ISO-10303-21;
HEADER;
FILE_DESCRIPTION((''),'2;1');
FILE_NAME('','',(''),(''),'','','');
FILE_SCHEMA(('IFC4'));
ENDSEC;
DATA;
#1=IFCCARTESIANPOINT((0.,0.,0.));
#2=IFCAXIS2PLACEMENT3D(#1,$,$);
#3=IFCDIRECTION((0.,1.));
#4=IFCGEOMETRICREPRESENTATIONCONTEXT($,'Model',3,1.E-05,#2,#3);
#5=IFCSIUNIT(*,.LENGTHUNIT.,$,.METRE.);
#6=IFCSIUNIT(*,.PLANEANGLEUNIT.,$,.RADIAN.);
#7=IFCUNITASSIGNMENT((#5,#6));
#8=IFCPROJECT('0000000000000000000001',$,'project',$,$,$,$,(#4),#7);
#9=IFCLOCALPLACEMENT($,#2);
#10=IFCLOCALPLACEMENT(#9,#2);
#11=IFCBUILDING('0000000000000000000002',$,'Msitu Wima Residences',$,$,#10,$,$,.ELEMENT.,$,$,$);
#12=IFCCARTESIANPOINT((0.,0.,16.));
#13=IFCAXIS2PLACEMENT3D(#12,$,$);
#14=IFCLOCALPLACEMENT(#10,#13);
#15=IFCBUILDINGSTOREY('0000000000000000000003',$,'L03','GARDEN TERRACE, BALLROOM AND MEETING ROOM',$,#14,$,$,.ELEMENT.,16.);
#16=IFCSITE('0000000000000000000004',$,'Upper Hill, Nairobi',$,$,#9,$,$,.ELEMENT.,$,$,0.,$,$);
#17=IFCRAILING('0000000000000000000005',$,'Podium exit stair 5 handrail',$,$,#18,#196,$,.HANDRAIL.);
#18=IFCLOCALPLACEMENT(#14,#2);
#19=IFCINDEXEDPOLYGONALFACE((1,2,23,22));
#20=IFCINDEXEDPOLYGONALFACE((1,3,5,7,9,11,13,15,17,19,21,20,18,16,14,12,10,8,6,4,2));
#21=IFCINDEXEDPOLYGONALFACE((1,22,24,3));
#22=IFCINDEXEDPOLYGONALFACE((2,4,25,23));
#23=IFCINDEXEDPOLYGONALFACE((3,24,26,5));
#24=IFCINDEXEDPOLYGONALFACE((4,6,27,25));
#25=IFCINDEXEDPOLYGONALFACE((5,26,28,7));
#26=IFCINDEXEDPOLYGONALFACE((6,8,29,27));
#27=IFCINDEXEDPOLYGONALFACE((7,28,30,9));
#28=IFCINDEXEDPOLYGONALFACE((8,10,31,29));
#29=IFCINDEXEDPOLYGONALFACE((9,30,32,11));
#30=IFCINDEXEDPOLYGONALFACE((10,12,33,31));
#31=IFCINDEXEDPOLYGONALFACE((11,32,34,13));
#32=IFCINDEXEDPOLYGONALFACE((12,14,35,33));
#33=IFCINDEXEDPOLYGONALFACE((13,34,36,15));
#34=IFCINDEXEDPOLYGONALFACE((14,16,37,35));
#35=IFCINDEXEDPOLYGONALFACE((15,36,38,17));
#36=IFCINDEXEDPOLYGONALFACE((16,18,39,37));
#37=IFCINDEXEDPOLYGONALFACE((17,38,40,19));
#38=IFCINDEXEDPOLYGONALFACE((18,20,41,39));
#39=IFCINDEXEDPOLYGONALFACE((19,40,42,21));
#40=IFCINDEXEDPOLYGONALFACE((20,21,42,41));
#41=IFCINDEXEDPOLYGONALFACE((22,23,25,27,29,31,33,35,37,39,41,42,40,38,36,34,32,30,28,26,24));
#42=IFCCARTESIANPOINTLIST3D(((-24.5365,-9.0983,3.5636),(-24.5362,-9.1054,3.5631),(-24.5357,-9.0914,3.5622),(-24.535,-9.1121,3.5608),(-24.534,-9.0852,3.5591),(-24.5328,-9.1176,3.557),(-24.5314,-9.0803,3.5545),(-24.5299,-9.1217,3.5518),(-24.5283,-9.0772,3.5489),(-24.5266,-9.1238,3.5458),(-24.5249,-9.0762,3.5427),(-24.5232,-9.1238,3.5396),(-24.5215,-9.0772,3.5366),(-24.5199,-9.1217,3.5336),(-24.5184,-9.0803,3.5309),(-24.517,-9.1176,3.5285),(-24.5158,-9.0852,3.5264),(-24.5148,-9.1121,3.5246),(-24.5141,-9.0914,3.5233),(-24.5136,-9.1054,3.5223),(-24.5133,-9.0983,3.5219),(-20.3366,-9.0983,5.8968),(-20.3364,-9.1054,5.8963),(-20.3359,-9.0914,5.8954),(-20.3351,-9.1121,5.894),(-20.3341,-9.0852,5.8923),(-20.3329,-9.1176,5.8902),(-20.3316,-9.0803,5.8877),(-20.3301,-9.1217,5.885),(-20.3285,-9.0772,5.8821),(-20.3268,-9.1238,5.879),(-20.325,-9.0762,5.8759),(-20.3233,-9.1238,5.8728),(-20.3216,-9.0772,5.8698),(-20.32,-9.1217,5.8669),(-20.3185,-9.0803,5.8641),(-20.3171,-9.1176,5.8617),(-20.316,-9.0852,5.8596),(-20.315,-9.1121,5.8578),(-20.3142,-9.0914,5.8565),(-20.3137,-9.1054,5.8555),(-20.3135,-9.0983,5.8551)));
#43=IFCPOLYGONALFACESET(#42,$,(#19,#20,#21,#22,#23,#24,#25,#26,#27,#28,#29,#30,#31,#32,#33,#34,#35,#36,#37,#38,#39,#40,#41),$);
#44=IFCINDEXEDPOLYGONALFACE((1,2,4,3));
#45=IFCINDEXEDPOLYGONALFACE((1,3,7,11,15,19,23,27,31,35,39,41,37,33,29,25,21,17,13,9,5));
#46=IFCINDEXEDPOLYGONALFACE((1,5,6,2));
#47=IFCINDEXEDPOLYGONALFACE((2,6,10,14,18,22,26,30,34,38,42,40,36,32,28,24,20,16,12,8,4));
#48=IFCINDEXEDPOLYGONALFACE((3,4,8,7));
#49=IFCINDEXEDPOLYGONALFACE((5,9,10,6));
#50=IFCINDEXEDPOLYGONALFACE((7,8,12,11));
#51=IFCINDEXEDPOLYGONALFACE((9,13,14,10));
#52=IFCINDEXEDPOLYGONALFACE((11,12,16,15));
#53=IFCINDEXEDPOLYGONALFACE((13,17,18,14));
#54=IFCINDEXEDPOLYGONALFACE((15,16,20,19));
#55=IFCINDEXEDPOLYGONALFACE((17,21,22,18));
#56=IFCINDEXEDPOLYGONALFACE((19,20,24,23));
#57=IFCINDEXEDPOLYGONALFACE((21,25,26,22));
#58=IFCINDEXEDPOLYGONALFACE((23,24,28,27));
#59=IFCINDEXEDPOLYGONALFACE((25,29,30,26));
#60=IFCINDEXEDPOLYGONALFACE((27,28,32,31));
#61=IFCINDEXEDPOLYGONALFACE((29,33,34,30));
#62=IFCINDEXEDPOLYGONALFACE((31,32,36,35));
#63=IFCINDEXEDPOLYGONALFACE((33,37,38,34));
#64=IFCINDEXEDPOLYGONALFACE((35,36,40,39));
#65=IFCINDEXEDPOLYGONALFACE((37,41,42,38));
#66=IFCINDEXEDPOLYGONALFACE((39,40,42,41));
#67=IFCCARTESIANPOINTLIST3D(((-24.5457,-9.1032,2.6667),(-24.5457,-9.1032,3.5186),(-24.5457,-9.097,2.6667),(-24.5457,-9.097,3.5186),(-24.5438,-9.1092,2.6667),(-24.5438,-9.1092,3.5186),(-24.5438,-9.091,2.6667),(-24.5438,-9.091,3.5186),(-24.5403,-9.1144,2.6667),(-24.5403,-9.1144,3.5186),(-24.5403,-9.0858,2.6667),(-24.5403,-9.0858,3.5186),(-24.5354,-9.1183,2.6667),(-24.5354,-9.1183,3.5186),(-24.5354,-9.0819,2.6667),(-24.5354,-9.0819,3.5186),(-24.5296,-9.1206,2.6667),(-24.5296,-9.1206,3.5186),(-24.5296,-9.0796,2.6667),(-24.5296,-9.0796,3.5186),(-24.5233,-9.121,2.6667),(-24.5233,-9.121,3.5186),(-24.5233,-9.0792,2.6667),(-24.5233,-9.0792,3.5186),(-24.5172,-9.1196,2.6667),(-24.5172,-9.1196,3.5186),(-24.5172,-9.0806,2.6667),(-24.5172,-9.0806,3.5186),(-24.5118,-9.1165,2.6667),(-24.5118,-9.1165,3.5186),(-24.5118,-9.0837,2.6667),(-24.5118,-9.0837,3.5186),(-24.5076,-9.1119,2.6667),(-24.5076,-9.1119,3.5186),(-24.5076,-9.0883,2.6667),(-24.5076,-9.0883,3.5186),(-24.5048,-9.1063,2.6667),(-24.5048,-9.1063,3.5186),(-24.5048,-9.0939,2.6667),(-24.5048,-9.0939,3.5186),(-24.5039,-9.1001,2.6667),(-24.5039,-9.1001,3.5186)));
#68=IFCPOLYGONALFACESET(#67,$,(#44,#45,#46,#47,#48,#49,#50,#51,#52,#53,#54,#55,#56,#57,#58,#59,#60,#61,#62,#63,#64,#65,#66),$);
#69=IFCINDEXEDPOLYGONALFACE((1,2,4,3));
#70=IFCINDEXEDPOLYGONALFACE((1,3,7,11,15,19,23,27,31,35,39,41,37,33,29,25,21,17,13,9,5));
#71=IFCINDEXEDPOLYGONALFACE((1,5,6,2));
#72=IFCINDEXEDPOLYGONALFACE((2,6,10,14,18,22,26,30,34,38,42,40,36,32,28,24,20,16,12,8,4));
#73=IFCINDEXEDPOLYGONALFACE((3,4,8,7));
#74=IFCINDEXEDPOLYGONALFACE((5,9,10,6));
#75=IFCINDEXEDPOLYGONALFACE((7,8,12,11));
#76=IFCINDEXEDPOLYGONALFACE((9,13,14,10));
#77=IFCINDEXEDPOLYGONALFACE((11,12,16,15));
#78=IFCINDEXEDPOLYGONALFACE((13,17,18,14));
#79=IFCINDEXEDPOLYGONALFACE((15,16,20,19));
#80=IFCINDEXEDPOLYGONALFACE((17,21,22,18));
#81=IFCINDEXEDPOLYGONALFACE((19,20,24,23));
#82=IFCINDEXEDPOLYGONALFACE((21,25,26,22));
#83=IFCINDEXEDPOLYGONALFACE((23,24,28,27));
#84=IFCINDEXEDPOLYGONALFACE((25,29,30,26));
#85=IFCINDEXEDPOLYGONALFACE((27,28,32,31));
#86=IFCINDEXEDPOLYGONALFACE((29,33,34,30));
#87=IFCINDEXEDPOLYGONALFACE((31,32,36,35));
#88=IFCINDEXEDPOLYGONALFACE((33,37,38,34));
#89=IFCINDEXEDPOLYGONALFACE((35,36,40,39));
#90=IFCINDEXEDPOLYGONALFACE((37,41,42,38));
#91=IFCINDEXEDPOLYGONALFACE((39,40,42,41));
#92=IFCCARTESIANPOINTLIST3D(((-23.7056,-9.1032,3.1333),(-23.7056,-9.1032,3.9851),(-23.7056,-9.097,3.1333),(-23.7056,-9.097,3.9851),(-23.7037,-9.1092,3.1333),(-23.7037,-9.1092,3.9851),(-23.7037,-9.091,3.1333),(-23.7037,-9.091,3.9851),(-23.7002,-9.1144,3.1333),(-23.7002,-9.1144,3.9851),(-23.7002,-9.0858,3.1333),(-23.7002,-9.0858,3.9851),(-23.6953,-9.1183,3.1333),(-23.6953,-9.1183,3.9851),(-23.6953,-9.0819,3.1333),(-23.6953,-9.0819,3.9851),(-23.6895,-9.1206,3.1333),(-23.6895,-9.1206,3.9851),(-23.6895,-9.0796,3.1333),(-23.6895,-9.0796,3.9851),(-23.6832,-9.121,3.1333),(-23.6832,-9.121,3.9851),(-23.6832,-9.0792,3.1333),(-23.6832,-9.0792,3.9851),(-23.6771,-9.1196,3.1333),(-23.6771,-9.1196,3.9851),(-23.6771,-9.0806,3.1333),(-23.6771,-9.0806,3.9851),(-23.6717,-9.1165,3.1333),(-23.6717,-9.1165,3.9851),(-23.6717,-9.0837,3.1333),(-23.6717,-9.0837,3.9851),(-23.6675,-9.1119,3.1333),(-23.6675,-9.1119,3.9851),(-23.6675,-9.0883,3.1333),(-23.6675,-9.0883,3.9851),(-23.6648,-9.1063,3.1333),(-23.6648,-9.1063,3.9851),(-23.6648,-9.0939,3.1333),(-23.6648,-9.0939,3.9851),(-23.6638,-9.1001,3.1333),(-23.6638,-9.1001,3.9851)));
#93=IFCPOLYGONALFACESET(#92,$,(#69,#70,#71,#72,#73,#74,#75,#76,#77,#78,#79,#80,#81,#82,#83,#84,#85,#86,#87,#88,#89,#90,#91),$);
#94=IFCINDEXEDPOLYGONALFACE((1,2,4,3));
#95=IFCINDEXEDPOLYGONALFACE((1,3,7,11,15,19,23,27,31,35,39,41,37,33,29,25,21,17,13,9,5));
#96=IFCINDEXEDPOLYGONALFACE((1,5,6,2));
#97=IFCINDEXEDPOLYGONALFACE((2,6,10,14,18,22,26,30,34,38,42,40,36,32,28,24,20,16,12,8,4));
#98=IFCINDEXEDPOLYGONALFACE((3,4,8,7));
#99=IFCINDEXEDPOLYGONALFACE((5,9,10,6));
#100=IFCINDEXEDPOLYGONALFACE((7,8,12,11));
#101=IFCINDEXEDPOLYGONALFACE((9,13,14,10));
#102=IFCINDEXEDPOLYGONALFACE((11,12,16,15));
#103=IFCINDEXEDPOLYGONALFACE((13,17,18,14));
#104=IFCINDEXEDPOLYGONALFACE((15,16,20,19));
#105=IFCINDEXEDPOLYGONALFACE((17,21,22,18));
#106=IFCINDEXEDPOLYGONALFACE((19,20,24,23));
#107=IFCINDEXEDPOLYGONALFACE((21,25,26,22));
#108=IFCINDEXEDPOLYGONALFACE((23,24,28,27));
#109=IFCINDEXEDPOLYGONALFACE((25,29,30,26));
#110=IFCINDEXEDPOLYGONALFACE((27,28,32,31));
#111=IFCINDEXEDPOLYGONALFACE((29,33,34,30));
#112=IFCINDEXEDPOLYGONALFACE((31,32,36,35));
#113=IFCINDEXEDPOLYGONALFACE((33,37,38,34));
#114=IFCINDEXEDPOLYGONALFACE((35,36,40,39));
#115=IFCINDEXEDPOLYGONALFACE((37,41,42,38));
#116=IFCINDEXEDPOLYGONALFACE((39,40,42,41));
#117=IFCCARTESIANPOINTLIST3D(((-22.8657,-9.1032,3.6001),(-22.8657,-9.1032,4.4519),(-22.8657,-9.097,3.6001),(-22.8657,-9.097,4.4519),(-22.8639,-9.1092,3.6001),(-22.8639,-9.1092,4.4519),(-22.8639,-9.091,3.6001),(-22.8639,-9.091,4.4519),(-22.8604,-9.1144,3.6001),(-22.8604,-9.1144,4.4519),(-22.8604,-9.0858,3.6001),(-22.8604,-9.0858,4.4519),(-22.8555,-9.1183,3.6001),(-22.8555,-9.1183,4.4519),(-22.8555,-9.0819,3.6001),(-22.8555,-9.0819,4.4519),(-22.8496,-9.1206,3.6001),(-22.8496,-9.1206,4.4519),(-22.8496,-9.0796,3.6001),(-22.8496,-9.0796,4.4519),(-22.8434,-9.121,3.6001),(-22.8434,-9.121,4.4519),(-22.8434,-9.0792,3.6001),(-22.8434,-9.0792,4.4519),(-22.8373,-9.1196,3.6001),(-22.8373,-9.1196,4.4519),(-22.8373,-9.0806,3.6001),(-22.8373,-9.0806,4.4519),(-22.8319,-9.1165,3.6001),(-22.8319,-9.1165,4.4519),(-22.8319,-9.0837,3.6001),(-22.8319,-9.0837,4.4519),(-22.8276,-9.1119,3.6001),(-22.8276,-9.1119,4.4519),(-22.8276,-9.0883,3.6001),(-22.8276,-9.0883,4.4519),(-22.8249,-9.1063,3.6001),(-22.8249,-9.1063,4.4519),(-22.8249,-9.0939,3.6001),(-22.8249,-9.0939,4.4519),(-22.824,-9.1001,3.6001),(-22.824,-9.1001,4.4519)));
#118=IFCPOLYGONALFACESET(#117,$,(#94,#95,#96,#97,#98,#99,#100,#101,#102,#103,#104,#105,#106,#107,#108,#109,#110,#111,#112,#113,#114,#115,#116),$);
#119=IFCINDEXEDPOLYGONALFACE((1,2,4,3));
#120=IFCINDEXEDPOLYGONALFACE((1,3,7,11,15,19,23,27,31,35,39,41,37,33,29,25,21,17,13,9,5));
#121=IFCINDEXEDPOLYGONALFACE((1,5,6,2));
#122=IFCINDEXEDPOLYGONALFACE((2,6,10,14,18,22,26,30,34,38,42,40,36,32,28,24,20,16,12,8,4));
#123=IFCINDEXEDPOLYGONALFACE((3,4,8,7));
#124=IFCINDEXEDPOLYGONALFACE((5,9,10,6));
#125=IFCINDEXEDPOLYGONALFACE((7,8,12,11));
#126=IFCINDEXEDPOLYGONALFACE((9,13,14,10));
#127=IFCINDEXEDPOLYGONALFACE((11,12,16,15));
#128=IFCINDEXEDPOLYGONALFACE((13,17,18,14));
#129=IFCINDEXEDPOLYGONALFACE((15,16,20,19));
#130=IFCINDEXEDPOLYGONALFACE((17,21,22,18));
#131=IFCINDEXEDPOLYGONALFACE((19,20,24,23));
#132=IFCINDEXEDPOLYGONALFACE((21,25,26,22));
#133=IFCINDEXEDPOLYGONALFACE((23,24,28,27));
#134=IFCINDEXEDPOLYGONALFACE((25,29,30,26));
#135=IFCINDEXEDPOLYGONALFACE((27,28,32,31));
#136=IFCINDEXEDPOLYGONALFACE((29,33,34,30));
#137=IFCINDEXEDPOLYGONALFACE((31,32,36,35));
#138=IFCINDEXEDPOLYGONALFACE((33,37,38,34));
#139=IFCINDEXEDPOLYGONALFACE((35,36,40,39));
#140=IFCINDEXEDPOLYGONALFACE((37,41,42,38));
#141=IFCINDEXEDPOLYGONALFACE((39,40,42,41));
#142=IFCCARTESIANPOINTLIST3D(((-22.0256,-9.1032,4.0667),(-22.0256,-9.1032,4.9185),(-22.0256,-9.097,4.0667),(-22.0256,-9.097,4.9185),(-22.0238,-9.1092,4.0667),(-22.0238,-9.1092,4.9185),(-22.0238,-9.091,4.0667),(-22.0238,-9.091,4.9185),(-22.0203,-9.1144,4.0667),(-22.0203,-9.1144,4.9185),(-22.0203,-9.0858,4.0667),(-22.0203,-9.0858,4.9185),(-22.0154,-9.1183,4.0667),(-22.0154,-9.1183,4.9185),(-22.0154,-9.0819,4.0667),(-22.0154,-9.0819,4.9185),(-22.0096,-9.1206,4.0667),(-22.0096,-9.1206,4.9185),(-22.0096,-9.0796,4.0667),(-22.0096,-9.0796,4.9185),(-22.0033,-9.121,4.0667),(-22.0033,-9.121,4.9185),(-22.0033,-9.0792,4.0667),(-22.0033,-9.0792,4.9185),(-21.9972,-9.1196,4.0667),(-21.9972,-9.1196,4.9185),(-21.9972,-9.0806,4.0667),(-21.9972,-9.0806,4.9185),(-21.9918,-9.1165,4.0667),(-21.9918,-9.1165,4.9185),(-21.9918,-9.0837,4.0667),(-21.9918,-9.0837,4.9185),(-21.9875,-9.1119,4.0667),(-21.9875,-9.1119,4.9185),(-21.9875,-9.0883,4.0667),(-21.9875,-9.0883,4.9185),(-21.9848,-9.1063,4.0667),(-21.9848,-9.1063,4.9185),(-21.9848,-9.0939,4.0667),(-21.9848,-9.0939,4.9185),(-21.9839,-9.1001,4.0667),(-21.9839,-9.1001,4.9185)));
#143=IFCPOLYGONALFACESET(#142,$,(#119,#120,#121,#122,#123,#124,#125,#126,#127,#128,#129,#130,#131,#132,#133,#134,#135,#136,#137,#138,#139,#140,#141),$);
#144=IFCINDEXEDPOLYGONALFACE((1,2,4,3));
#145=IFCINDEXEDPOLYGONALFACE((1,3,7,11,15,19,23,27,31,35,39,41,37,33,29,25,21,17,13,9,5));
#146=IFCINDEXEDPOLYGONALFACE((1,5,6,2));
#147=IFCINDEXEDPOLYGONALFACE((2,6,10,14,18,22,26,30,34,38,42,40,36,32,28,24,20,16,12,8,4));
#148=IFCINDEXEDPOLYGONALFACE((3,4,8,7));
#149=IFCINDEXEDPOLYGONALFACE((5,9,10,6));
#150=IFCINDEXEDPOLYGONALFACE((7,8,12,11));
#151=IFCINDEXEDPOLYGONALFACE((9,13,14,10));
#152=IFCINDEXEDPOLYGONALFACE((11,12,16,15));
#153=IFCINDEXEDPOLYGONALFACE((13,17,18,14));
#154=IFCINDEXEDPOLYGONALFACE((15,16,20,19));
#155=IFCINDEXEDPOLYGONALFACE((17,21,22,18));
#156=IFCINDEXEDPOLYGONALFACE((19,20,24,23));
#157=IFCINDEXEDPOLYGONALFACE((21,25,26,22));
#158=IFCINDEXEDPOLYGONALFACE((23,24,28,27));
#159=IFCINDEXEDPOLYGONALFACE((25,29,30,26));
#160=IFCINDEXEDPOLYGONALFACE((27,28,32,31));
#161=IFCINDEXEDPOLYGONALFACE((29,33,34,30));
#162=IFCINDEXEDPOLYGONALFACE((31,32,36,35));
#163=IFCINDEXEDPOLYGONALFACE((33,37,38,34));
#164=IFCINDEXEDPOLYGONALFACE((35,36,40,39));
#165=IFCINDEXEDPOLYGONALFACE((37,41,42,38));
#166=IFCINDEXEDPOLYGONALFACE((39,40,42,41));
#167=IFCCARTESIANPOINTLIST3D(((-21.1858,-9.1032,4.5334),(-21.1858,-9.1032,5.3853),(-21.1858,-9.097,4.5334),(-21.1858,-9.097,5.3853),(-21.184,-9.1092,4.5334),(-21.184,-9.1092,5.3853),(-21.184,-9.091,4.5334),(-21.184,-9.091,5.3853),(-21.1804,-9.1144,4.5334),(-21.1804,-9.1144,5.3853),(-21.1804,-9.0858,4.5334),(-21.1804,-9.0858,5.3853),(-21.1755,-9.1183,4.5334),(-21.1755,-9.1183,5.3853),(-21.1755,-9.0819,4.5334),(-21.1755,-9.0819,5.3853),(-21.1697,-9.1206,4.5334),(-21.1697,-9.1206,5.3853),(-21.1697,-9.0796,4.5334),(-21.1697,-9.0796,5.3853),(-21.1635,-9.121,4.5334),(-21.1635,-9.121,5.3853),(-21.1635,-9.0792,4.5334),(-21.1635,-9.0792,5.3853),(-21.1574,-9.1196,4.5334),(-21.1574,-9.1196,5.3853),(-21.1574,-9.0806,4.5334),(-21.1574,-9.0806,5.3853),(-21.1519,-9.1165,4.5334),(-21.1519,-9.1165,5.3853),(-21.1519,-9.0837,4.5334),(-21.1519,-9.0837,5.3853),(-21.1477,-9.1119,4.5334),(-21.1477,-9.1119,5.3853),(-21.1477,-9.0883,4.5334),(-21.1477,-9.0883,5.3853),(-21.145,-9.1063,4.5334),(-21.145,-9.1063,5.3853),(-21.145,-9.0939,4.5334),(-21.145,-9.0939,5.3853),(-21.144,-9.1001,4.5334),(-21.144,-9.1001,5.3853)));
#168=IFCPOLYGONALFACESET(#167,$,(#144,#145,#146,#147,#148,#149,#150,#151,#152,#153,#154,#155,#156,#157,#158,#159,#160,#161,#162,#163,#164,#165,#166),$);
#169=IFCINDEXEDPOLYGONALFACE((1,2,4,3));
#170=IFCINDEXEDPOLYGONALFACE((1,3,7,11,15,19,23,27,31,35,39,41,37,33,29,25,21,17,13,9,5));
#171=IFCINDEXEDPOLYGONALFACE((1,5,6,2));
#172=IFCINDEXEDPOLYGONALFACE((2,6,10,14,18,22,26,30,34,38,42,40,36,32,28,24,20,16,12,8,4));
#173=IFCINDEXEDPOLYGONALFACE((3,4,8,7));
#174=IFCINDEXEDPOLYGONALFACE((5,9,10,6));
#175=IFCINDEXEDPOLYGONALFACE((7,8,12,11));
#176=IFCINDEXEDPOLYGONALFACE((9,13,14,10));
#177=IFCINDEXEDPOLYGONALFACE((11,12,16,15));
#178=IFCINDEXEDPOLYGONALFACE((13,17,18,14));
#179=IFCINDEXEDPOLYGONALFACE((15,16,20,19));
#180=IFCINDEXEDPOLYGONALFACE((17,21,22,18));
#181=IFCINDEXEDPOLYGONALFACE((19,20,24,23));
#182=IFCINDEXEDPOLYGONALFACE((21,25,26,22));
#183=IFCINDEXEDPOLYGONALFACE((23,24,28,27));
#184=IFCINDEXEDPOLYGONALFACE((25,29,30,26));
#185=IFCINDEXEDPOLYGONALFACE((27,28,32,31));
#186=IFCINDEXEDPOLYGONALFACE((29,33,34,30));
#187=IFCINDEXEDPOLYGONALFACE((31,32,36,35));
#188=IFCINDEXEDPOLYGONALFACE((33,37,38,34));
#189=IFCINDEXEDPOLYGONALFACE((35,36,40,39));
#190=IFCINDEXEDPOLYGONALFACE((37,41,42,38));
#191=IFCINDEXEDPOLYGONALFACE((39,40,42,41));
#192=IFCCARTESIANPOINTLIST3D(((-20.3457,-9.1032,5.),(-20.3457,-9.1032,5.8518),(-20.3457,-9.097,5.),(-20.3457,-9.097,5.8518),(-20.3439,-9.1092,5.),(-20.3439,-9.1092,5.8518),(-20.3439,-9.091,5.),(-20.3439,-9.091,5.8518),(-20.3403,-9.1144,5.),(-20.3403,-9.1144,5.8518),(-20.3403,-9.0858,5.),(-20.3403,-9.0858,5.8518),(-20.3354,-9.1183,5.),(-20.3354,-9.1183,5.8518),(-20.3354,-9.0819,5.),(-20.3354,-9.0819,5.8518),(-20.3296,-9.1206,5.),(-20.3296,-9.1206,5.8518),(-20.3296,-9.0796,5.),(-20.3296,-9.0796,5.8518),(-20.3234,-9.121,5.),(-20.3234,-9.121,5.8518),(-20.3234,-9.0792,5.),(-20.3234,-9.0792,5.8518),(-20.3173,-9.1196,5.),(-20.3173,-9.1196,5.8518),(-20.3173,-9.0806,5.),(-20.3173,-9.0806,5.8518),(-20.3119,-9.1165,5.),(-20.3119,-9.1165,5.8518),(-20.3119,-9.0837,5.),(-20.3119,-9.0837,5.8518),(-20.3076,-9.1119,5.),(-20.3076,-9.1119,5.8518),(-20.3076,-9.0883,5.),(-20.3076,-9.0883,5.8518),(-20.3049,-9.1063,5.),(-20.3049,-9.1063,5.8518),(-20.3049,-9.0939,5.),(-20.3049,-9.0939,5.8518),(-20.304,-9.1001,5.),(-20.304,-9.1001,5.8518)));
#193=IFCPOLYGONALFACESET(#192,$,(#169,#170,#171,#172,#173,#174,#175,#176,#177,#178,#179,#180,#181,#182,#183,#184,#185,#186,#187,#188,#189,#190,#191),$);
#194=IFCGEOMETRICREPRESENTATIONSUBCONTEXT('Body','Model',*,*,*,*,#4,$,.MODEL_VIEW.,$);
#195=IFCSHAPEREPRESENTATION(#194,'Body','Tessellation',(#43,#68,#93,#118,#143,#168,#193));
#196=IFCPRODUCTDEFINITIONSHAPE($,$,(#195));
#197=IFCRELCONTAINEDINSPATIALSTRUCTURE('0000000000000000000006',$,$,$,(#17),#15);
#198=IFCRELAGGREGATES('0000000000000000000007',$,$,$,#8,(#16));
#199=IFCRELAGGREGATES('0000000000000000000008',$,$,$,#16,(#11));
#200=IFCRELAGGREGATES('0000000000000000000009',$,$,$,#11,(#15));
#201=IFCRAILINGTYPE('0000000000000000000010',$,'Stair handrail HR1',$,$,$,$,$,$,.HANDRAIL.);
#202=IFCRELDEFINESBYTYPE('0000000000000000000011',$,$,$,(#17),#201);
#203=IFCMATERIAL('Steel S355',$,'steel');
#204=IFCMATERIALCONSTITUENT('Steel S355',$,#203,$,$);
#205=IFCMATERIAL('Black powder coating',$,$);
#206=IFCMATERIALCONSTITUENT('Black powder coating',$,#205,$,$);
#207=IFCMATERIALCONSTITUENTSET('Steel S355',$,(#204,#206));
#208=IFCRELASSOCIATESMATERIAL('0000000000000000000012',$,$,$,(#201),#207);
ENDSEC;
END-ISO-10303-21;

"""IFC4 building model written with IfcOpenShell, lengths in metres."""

from ifc_helpers import new_model, si_unit, direction, frame, origin, origin_2d, place, context, subcontext, project, spatial, circle, extrude, material, constituent, constituent_set, type_object, element, save


model = new_model("IFC4")

# Units and contexts
model_context = context("Model", 3, precision=1e-05, world=origin(), true_north=direction((0.0, 1.0)))
body_context = subcontext(model_context, "Body", "Model", "MODEL_VIEW")
ifc_project = project(units=[si_unit("LENGTHUNIT", "METRE"), si_unit("PLANEANGLEUNIT", "RADIAN")], contexts=[model_context])

# Site, building, storey
site_placement = place(None, origin())
site = spatial("IfcSite", under=ifc_project, at=site_placement, Name="Upper Hill, Nairobi", CompositionType="ELEMENT", RefElevation=0.0)
building_placement = place(site_placement, origin())
building = spatial("IfcBuilding", under=site, at=building_placement, Name="Msitu Wima Residences", CompositionType="ELEMENT")
storey_placement = place(building_placement, frame((0.0, 0.0, 16.0)))
storey = spatial("IfcBuildingStorey", under=building, at=storey_placement, Name="L03", Description="GARDEN TERRACE, BALLROOM AND MEETING ROOM", CompositionType="ELEMENT", Elevation=16.0)

# Railing
ifc_material_1 = material(Name="Steel S355", Category="steel")
ifc_constituent_1 = constituent(ifc_material_1, Name="Steel S355")
ifc_material_2 = material(Name="Black powder coating")
ifc_constituent_2 = constituent(ifc_material_2, Name="Black powder coating")
ifc_constituent_set = constituent_set(constituents=[ifc_constituent_1, ifc_constituent_2], Name="Steel S355")
railing_type = type_object("IfcRailingType", Name="Stair handrail HR1", PredefinedType="HANDRAIL", material=ifc_constituent_set)
for number, where, name in (
    (1, (-24.5249, -9.1001, 2.6667), "Podium exit stair 5 handrail"),
):
    element("IfcRailing", number, at=place(storey_placement, frame(where)), inside=storey, type_object=railing_type, Name=name, PredefinedType="HANDRAIL", context=body_context, shape_type="SweptSolid", body=[
        extrude(circle(Radius=0.0239, at=origin_2d()), frame((0.0, 0.0, 0.876), z_axis=(0.874162, 0.0, 0.485634), x_axis=(0.0, 1.0, 0.0)), (0.0, 0.0, 1.0), 4.8044),
        extrude(circle(Radius=0.021, at=origin_2d()), origin(), (0.0, 0.0, 1.0), 0.8518),
        extrude(circle(Radius=0.021, at=origin_2d()), frame((0.8401, 0.0, 0.4666)), (0.0, 0.0, 1.0), 0.8518),
        extrude(circle(Radius=0.021, at=origin_2d()), frame((1.6799, 0.0, 0.9333)), (0.0, 0.0, 1.0), 0.8518),
        extrude(circle(Radius=0.021, at=origin_2d()), frame((2.52, 0.0, 1.3999)), (0.0, 0.0, 1.0), 0.8518),
        extrude(circle(Radius=0.021, at=origin_2d()), frame((3.3599, 0.0, 1.8667)), (0.0, 0.0, 1.0), 0.8518),
        extrude(circle(Radius=0.021, at=origin_2d()), frame((4.2, 0.0, 2.3333)), (0.0, 0.0, 1.0), 0.8518),
    ])

save(model, "model.ifc")
